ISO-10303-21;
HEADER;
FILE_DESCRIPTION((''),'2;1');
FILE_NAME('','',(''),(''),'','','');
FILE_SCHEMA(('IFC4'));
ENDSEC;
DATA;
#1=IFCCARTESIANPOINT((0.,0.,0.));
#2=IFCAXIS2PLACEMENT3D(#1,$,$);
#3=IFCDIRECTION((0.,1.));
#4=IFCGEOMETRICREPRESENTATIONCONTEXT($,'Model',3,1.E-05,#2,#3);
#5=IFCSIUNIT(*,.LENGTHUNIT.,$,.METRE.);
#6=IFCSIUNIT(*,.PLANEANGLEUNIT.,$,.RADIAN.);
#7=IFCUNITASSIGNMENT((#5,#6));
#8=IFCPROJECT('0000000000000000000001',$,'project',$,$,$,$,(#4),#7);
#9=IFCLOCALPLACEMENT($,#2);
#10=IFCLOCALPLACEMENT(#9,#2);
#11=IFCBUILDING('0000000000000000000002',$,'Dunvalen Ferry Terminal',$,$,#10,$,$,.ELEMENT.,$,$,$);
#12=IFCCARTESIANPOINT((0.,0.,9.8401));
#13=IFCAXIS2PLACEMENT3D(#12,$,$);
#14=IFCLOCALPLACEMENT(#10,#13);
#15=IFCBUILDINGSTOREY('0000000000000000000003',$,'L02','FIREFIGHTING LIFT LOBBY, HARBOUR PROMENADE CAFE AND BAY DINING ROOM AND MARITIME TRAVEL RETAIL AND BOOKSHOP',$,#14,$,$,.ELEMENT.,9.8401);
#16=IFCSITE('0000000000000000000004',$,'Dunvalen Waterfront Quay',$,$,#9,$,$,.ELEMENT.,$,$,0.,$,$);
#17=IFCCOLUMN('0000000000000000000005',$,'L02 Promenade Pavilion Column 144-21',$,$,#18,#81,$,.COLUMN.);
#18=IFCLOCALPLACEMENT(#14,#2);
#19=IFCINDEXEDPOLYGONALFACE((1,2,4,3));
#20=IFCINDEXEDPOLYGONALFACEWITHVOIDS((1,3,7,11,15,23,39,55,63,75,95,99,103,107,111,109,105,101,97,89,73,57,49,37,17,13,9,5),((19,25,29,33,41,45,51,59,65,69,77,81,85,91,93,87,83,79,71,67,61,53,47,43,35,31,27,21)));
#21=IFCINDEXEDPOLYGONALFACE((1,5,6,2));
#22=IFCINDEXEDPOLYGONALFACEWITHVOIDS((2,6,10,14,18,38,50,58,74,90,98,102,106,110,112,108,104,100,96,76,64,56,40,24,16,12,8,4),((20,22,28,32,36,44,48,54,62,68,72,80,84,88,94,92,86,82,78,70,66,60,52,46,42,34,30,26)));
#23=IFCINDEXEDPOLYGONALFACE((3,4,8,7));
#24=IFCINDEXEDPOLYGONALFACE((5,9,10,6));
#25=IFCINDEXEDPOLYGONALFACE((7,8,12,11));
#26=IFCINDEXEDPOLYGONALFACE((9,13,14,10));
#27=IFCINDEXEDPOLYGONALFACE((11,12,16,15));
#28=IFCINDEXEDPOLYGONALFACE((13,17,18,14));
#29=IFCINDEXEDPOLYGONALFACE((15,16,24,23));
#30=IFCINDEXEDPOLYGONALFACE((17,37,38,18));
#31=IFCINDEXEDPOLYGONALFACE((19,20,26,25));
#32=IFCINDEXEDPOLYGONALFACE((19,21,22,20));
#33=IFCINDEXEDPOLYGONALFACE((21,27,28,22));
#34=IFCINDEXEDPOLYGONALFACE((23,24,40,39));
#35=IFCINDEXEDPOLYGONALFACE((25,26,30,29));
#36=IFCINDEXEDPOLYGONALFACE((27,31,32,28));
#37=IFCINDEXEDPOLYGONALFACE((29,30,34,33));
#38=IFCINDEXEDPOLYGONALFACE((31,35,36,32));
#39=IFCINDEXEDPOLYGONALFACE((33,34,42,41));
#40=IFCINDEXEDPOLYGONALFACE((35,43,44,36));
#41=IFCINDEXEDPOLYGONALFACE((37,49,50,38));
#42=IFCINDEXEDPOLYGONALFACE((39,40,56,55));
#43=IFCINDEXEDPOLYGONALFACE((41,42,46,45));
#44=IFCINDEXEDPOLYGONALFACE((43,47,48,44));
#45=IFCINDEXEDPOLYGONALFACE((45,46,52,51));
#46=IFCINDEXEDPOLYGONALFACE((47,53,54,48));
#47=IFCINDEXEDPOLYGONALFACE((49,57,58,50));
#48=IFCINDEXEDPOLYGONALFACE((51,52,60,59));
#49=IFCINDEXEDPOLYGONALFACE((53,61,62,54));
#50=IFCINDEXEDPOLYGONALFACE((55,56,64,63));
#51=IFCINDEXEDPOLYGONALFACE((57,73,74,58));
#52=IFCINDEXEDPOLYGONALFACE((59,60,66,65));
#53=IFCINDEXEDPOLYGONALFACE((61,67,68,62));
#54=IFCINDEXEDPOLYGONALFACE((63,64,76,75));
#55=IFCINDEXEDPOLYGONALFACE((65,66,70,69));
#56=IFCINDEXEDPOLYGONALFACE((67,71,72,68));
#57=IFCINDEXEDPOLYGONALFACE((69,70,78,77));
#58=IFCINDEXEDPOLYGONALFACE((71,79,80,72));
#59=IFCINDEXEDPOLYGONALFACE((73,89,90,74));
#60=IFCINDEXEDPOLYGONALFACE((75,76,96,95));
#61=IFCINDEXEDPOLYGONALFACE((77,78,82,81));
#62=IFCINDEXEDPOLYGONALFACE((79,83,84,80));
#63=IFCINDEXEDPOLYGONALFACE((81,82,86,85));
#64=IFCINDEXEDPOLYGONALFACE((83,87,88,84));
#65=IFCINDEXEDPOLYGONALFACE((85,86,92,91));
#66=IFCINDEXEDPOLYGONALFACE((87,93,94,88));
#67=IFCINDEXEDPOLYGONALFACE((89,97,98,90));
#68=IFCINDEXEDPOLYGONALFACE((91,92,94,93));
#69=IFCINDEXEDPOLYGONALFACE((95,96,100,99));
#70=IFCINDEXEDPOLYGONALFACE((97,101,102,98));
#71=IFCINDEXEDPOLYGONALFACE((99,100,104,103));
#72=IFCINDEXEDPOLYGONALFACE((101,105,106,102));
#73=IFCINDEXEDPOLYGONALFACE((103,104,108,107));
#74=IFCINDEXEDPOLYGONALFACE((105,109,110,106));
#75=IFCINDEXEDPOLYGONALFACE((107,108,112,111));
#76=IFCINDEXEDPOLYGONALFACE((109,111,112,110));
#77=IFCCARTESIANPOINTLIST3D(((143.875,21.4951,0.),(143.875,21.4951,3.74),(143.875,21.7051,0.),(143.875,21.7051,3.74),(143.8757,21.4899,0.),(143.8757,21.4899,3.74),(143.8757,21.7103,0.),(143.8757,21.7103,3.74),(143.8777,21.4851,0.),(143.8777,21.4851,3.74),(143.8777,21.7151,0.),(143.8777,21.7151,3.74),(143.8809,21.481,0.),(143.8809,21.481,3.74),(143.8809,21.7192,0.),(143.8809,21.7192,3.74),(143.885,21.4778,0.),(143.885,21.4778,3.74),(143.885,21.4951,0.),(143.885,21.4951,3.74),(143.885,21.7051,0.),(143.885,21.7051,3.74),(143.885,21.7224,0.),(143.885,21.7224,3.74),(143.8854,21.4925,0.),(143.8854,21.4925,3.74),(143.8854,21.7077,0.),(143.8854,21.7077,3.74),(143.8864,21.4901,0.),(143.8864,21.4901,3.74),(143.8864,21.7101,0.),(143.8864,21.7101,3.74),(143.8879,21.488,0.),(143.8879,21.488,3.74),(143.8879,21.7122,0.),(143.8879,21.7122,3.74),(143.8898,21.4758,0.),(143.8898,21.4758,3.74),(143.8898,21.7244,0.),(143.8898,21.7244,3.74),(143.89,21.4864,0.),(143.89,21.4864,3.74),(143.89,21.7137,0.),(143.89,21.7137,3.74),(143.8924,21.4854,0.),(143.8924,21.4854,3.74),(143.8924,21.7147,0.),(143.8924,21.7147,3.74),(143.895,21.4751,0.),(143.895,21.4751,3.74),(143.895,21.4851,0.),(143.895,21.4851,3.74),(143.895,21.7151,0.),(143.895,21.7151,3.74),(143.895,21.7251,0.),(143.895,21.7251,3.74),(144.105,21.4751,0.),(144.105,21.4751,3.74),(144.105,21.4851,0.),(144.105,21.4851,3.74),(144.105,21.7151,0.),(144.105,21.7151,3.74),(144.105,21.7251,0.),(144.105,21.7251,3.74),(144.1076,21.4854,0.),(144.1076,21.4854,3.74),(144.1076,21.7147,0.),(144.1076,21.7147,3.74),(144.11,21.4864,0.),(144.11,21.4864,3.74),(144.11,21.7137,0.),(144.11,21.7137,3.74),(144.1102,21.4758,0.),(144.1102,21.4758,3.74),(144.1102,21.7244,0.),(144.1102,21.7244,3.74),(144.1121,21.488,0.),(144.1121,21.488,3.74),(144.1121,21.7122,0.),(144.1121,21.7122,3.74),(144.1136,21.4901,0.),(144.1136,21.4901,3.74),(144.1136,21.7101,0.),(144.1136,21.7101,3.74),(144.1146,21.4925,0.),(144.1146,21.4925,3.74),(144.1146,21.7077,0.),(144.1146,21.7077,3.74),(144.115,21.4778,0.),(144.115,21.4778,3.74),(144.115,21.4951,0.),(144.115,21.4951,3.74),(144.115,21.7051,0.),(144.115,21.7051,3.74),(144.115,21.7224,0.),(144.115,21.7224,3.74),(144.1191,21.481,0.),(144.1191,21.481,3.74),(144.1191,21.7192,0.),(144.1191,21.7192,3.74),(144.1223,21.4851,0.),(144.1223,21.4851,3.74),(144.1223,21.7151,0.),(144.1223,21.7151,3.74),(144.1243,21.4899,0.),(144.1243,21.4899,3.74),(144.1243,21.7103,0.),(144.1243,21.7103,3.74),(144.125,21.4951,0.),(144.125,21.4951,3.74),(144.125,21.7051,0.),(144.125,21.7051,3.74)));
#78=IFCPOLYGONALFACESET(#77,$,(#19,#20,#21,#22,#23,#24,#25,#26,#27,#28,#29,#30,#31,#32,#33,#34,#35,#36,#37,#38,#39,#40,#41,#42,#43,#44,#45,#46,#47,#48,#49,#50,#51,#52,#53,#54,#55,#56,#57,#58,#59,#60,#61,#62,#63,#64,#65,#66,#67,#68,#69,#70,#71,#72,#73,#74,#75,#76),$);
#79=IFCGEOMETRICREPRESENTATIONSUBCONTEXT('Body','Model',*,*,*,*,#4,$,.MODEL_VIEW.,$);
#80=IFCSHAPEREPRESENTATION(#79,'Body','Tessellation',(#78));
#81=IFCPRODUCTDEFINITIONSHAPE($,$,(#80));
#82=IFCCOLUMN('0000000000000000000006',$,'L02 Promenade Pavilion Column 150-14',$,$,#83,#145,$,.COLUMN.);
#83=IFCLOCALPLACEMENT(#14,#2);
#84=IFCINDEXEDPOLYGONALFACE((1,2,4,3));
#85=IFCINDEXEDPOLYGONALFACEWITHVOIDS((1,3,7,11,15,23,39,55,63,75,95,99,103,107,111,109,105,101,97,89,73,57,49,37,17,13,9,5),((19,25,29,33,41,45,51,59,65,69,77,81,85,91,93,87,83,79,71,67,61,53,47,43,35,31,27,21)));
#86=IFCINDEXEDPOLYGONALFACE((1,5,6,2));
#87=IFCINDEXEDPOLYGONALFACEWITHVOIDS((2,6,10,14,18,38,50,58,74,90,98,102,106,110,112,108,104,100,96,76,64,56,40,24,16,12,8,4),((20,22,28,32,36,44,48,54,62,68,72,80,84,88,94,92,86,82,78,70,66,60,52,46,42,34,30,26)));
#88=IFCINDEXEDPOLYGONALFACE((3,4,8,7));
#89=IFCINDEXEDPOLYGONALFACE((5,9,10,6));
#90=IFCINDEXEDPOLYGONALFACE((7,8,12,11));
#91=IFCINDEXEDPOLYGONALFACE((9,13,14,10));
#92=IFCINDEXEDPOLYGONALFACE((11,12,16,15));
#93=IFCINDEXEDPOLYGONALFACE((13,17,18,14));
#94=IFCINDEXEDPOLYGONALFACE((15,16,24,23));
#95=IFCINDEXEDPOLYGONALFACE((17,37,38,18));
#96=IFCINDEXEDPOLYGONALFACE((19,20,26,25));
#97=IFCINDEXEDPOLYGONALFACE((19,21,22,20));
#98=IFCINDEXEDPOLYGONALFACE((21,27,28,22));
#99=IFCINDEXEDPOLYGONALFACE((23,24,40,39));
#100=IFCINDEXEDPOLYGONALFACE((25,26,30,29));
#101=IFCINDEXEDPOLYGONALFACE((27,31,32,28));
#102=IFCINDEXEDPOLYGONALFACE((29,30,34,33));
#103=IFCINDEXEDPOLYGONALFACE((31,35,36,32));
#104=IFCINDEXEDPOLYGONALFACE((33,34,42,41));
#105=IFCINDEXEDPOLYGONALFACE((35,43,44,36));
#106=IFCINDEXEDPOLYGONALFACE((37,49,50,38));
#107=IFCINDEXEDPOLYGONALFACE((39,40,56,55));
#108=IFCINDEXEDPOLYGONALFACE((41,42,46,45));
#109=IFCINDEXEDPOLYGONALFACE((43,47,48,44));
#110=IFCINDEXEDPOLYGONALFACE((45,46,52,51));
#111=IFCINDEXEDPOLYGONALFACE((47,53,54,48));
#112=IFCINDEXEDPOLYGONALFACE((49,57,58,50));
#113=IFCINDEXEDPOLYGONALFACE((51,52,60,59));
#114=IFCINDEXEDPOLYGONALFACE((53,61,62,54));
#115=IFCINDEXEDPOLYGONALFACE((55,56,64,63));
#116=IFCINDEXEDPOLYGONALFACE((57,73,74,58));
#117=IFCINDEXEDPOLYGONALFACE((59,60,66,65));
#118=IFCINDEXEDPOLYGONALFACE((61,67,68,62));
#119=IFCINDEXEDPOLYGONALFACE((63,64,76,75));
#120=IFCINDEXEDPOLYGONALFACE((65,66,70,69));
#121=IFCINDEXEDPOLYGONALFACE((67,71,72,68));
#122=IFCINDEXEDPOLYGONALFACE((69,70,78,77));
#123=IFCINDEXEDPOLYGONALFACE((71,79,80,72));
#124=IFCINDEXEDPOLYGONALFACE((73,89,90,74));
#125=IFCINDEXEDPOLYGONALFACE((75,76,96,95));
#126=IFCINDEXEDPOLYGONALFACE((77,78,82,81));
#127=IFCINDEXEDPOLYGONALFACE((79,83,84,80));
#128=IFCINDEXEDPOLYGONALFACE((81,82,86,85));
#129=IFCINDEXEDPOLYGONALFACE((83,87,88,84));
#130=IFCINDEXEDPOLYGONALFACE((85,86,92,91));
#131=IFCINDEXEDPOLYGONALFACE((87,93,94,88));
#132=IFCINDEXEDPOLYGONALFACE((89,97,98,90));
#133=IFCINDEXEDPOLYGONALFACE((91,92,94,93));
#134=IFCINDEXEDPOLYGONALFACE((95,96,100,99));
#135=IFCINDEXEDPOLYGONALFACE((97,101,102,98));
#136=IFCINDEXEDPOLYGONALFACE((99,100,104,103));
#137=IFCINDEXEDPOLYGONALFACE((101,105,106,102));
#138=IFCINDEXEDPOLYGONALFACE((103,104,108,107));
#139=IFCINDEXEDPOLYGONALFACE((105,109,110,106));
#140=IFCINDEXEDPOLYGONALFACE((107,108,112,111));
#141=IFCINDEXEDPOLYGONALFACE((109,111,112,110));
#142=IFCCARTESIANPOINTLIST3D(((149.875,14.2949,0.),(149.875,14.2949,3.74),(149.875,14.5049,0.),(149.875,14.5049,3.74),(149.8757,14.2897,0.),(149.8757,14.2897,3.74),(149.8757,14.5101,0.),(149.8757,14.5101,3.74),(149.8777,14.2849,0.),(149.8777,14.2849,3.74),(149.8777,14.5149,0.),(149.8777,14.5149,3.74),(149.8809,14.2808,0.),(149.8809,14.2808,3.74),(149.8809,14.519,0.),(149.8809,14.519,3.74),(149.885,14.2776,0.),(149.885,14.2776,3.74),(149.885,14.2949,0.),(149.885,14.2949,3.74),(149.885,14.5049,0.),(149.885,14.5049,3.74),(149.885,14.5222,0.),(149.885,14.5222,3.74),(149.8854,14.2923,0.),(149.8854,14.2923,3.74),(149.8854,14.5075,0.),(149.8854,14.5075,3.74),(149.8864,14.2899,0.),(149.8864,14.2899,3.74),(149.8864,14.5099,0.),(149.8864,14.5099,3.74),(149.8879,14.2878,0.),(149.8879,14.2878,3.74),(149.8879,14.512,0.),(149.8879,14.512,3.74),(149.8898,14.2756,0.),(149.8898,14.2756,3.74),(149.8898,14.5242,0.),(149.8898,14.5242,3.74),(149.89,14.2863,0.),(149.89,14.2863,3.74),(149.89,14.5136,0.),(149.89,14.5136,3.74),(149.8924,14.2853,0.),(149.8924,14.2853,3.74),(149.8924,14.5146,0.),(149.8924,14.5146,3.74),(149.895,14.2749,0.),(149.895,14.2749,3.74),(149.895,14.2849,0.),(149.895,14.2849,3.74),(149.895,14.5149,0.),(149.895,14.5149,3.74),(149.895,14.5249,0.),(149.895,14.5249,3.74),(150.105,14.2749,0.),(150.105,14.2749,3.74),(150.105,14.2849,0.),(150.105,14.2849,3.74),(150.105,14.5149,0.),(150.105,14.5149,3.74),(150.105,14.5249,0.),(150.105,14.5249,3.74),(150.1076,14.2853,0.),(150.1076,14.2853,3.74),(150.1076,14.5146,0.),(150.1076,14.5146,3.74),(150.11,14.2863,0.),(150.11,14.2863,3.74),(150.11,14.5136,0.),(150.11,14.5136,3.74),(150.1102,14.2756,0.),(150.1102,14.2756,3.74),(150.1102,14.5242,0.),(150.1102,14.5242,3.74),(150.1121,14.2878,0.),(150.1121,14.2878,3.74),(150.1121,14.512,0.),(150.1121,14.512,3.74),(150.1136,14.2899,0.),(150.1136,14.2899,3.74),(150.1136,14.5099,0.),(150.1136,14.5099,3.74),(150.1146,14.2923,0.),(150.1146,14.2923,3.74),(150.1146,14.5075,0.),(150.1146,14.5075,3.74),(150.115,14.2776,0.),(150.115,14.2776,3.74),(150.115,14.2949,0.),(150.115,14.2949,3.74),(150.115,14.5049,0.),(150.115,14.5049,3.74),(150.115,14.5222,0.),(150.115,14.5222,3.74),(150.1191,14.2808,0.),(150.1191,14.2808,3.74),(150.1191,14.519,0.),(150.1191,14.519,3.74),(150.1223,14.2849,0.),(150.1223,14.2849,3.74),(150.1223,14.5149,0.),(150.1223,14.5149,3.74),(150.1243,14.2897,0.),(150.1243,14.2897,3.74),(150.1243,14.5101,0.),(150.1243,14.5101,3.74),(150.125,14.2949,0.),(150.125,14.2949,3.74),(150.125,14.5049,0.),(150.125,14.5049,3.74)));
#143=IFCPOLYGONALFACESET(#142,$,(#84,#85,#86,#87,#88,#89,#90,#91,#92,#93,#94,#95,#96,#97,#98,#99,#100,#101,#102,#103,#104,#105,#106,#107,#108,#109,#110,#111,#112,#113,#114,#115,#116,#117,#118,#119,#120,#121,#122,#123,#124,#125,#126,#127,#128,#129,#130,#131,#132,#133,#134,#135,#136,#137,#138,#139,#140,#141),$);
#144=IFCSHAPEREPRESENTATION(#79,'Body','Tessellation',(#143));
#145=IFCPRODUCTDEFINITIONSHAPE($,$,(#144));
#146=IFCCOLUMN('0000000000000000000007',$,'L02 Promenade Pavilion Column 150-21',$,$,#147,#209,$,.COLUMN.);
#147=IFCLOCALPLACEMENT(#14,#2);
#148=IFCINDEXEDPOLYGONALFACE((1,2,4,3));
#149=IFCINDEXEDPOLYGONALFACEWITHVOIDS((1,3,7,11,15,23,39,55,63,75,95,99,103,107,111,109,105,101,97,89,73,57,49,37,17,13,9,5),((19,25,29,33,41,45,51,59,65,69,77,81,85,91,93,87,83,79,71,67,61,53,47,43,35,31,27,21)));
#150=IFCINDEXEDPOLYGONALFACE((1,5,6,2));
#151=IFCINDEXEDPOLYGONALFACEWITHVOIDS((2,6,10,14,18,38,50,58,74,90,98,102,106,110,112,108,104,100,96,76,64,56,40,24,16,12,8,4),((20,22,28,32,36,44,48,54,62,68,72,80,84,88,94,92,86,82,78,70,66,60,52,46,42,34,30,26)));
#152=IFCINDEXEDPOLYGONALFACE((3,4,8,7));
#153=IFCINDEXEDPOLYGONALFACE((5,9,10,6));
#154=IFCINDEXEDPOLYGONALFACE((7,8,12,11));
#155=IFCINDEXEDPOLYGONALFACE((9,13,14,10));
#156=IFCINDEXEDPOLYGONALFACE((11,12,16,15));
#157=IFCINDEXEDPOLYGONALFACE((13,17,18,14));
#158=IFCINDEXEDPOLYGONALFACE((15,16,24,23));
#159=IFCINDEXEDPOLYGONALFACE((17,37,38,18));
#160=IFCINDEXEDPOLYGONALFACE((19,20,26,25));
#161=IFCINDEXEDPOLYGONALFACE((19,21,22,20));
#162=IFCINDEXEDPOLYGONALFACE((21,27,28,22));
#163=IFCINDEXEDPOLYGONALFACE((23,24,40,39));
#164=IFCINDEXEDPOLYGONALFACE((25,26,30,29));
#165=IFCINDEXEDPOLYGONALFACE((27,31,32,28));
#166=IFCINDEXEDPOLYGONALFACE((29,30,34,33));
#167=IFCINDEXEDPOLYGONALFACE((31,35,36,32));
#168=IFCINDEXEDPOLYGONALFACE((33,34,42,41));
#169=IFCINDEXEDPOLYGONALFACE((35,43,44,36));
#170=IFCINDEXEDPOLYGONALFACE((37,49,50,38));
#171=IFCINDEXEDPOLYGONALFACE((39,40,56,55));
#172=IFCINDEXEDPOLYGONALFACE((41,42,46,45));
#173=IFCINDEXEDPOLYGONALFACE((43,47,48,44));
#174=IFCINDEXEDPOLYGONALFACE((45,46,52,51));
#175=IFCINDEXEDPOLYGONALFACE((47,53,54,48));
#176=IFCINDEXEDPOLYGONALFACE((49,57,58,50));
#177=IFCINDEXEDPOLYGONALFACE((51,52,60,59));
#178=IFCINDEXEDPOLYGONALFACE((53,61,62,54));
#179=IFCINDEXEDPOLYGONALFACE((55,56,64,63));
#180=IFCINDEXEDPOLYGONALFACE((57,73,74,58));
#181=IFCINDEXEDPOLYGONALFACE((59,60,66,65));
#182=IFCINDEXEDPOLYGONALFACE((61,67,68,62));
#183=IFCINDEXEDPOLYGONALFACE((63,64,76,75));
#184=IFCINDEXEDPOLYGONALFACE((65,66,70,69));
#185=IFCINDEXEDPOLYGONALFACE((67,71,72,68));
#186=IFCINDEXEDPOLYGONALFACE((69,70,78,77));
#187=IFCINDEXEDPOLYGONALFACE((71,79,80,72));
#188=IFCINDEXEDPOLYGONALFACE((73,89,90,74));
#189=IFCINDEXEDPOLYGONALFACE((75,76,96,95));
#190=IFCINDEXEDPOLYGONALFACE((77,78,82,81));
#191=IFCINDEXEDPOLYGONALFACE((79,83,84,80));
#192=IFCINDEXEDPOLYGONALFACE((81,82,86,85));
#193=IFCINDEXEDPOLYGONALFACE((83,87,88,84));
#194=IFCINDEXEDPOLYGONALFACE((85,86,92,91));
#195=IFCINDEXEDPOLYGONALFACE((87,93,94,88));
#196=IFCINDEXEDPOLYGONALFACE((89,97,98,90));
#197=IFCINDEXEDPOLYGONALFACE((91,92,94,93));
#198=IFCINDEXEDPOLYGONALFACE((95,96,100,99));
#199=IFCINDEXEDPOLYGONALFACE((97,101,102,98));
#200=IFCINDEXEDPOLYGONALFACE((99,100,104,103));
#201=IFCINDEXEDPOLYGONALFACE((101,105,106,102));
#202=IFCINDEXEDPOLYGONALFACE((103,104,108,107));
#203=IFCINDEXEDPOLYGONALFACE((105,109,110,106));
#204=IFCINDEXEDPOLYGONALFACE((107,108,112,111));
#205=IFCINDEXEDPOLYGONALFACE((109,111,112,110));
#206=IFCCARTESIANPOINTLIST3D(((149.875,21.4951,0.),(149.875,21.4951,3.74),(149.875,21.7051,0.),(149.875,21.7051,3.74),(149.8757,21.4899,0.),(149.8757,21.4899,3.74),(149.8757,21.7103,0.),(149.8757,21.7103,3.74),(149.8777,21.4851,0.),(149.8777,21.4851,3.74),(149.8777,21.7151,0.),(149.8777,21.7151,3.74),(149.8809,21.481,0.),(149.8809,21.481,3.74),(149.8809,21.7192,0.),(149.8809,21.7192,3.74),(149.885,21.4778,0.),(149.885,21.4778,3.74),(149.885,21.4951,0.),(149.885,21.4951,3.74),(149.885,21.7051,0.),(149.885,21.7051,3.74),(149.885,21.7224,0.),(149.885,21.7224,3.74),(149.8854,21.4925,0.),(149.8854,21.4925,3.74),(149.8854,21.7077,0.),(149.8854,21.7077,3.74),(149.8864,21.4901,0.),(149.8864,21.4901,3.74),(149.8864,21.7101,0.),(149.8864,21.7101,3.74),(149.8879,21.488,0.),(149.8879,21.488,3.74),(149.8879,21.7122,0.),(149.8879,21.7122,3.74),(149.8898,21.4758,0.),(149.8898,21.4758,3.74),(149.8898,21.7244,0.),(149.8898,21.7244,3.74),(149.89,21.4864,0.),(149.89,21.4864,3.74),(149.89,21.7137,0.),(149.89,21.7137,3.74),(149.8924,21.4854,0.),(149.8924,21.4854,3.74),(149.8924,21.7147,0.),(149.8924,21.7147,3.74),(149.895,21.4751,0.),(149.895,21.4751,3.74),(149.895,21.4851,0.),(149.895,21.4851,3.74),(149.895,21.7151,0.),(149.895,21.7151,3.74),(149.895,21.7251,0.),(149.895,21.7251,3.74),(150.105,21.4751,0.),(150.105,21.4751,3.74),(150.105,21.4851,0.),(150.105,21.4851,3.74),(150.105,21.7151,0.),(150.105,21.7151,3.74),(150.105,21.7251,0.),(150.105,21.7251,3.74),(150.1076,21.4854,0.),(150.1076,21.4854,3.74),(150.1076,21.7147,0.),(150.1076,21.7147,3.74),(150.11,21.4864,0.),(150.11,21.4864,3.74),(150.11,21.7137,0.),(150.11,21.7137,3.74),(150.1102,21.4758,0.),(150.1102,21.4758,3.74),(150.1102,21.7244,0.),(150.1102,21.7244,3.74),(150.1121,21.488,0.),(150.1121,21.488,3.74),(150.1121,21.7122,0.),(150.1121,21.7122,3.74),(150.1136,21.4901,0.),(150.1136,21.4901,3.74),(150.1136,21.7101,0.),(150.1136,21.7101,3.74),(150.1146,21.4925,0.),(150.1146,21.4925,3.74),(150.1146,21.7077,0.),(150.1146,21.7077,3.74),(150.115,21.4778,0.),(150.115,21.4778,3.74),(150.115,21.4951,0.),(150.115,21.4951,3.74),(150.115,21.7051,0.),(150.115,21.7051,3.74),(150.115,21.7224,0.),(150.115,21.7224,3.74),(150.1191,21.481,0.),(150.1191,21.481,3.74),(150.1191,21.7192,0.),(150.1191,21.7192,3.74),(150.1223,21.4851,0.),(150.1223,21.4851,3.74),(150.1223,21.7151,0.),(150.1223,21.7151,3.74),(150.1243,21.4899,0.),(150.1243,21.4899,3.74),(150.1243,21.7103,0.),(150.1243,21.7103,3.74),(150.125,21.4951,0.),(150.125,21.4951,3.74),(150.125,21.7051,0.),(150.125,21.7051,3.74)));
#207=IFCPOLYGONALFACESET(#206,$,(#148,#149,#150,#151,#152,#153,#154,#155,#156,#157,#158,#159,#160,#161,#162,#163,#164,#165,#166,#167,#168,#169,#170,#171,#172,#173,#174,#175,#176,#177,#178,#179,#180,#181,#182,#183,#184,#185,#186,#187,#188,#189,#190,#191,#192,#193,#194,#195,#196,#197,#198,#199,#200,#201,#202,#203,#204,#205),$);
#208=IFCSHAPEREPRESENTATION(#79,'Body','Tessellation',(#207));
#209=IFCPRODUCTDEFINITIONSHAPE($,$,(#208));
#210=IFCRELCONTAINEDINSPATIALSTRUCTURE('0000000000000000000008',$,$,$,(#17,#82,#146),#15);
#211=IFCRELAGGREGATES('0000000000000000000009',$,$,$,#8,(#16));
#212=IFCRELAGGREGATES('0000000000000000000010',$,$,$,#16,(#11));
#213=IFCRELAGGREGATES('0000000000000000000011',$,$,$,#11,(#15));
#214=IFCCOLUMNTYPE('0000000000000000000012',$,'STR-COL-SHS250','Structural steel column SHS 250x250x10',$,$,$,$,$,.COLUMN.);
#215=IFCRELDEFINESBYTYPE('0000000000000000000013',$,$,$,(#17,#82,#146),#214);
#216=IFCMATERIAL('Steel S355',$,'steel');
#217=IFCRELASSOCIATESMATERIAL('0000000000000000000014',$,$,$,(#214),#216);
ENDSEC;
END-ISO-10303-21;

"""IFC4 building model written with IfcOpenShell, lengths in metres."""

from ifc_helpers import new_model, si_unit, direction, frame, origin, origin_2d, place, context, subcontext, project, spatial, hollow_rectangle, extrude, material, material_profile, profile_set, type_object, element, save


model = new_model("IFC4")

# Units and contexts
model_context = context("Model", 3, precision=1e-05, world=origin(), true_north=direction((0.0, 1.0)))
body_context = subcontext(model_context, "Body", "Model", "MODEL_VIEW")
ifc_project = project(units=[si_unit("LENGTHUNIT", "METRE"), si_unit("PLANEANGLEUNIT", "RADIAN")], contexts=[model_context])

# Site, building, storey
site_placement = place(None, origin())
site = spatial("IfcSite", under=ifc_project, at=site_placement, Name="Dunvalen Waterfront Quay", CompositionType="ELEMENT", RefElevation=0.0)
building_placement = place(site_placement, origin())
building = spatial("IfcBuilding", under=site, at=building_placement, Name="Dunvalen Ferry Terminal", CompositionType="ELEMENT")
storey_placement = place(building_placement, frame((0.0, 0.0, 9.8401)))
storey = spatial("IfcBuildingStorey", under=building, at=storey_placement, Name="L02", Description="FIREFIGHTING LIFT LOBBY, HARBOUR PROMENADE CAFE AND BAY DINING ROOM AND MARITIME TRAVEL RETAIL AND BOOKSHOP", CompositionType="ELEMENT", Elevation=9.8401)

# Columns
ifc_material_1 = material(Name="Steel S355", Category="steel")
ifc_material_profile_1 = material_profile(ifc_material_1, hollow_rectangle(XDim=0.25, YDim=0.25, WallThickness=0.01, InnerFilletRadius=0.01, OuterFilletRadius=0.02, at=origin_2d()), Name="Steel S355")
ifc_profile_set_1 = profile_set([ifc_material_profile_1], Name="Steel S355")
column_type = type_object("IfcColumnType", Name="STR-COL-SHS250", Description="Structural steel column SHS 250x250x10", PredefinedType="COLUMN", material=ifc_profile_set_1)
for number, where, z_axis, x_axis, name in (
    (1, (144.0, 21.6001, 0.0), (0.0, 0.0, 1.0), (1.0, 0.0, 0.0), "L02 Promenade Pavilion Column 144-21"),
    (2, (150.0, 14.3999, 0.0), (0.0, 0.0, 1.0), (1.0, 0.0, 0.0), "L02 Promenade Pavilion Column 150-14"),
    (3, (150.0, 21.6001, 0.0), (0.0, 0.0, 1.0), (1.0, 0.0, 0.0), "L02 Promenade Pavilion Column 150-21"),
):
    element("IfcColumn", number, at=place(storey_placement, frame(where, z_axis=z_axis, x_axis=x_axis)), inside=storey, type_object=column_type, Name=name, PredefinedType="COLUMN", context=body_context, shape_type="SweptSolid", body=[
        extrude(hollow_rectangle(XDim=0.25, YDim=0.25, WallThickness=0.01, InnerFilletRadius=0.01, OuterFilletRadius=0.02, at=origin_2d()), origin(), (0.0, 0.0, 1.0), 3.74),
    ])

save(model, "model.ifc")
